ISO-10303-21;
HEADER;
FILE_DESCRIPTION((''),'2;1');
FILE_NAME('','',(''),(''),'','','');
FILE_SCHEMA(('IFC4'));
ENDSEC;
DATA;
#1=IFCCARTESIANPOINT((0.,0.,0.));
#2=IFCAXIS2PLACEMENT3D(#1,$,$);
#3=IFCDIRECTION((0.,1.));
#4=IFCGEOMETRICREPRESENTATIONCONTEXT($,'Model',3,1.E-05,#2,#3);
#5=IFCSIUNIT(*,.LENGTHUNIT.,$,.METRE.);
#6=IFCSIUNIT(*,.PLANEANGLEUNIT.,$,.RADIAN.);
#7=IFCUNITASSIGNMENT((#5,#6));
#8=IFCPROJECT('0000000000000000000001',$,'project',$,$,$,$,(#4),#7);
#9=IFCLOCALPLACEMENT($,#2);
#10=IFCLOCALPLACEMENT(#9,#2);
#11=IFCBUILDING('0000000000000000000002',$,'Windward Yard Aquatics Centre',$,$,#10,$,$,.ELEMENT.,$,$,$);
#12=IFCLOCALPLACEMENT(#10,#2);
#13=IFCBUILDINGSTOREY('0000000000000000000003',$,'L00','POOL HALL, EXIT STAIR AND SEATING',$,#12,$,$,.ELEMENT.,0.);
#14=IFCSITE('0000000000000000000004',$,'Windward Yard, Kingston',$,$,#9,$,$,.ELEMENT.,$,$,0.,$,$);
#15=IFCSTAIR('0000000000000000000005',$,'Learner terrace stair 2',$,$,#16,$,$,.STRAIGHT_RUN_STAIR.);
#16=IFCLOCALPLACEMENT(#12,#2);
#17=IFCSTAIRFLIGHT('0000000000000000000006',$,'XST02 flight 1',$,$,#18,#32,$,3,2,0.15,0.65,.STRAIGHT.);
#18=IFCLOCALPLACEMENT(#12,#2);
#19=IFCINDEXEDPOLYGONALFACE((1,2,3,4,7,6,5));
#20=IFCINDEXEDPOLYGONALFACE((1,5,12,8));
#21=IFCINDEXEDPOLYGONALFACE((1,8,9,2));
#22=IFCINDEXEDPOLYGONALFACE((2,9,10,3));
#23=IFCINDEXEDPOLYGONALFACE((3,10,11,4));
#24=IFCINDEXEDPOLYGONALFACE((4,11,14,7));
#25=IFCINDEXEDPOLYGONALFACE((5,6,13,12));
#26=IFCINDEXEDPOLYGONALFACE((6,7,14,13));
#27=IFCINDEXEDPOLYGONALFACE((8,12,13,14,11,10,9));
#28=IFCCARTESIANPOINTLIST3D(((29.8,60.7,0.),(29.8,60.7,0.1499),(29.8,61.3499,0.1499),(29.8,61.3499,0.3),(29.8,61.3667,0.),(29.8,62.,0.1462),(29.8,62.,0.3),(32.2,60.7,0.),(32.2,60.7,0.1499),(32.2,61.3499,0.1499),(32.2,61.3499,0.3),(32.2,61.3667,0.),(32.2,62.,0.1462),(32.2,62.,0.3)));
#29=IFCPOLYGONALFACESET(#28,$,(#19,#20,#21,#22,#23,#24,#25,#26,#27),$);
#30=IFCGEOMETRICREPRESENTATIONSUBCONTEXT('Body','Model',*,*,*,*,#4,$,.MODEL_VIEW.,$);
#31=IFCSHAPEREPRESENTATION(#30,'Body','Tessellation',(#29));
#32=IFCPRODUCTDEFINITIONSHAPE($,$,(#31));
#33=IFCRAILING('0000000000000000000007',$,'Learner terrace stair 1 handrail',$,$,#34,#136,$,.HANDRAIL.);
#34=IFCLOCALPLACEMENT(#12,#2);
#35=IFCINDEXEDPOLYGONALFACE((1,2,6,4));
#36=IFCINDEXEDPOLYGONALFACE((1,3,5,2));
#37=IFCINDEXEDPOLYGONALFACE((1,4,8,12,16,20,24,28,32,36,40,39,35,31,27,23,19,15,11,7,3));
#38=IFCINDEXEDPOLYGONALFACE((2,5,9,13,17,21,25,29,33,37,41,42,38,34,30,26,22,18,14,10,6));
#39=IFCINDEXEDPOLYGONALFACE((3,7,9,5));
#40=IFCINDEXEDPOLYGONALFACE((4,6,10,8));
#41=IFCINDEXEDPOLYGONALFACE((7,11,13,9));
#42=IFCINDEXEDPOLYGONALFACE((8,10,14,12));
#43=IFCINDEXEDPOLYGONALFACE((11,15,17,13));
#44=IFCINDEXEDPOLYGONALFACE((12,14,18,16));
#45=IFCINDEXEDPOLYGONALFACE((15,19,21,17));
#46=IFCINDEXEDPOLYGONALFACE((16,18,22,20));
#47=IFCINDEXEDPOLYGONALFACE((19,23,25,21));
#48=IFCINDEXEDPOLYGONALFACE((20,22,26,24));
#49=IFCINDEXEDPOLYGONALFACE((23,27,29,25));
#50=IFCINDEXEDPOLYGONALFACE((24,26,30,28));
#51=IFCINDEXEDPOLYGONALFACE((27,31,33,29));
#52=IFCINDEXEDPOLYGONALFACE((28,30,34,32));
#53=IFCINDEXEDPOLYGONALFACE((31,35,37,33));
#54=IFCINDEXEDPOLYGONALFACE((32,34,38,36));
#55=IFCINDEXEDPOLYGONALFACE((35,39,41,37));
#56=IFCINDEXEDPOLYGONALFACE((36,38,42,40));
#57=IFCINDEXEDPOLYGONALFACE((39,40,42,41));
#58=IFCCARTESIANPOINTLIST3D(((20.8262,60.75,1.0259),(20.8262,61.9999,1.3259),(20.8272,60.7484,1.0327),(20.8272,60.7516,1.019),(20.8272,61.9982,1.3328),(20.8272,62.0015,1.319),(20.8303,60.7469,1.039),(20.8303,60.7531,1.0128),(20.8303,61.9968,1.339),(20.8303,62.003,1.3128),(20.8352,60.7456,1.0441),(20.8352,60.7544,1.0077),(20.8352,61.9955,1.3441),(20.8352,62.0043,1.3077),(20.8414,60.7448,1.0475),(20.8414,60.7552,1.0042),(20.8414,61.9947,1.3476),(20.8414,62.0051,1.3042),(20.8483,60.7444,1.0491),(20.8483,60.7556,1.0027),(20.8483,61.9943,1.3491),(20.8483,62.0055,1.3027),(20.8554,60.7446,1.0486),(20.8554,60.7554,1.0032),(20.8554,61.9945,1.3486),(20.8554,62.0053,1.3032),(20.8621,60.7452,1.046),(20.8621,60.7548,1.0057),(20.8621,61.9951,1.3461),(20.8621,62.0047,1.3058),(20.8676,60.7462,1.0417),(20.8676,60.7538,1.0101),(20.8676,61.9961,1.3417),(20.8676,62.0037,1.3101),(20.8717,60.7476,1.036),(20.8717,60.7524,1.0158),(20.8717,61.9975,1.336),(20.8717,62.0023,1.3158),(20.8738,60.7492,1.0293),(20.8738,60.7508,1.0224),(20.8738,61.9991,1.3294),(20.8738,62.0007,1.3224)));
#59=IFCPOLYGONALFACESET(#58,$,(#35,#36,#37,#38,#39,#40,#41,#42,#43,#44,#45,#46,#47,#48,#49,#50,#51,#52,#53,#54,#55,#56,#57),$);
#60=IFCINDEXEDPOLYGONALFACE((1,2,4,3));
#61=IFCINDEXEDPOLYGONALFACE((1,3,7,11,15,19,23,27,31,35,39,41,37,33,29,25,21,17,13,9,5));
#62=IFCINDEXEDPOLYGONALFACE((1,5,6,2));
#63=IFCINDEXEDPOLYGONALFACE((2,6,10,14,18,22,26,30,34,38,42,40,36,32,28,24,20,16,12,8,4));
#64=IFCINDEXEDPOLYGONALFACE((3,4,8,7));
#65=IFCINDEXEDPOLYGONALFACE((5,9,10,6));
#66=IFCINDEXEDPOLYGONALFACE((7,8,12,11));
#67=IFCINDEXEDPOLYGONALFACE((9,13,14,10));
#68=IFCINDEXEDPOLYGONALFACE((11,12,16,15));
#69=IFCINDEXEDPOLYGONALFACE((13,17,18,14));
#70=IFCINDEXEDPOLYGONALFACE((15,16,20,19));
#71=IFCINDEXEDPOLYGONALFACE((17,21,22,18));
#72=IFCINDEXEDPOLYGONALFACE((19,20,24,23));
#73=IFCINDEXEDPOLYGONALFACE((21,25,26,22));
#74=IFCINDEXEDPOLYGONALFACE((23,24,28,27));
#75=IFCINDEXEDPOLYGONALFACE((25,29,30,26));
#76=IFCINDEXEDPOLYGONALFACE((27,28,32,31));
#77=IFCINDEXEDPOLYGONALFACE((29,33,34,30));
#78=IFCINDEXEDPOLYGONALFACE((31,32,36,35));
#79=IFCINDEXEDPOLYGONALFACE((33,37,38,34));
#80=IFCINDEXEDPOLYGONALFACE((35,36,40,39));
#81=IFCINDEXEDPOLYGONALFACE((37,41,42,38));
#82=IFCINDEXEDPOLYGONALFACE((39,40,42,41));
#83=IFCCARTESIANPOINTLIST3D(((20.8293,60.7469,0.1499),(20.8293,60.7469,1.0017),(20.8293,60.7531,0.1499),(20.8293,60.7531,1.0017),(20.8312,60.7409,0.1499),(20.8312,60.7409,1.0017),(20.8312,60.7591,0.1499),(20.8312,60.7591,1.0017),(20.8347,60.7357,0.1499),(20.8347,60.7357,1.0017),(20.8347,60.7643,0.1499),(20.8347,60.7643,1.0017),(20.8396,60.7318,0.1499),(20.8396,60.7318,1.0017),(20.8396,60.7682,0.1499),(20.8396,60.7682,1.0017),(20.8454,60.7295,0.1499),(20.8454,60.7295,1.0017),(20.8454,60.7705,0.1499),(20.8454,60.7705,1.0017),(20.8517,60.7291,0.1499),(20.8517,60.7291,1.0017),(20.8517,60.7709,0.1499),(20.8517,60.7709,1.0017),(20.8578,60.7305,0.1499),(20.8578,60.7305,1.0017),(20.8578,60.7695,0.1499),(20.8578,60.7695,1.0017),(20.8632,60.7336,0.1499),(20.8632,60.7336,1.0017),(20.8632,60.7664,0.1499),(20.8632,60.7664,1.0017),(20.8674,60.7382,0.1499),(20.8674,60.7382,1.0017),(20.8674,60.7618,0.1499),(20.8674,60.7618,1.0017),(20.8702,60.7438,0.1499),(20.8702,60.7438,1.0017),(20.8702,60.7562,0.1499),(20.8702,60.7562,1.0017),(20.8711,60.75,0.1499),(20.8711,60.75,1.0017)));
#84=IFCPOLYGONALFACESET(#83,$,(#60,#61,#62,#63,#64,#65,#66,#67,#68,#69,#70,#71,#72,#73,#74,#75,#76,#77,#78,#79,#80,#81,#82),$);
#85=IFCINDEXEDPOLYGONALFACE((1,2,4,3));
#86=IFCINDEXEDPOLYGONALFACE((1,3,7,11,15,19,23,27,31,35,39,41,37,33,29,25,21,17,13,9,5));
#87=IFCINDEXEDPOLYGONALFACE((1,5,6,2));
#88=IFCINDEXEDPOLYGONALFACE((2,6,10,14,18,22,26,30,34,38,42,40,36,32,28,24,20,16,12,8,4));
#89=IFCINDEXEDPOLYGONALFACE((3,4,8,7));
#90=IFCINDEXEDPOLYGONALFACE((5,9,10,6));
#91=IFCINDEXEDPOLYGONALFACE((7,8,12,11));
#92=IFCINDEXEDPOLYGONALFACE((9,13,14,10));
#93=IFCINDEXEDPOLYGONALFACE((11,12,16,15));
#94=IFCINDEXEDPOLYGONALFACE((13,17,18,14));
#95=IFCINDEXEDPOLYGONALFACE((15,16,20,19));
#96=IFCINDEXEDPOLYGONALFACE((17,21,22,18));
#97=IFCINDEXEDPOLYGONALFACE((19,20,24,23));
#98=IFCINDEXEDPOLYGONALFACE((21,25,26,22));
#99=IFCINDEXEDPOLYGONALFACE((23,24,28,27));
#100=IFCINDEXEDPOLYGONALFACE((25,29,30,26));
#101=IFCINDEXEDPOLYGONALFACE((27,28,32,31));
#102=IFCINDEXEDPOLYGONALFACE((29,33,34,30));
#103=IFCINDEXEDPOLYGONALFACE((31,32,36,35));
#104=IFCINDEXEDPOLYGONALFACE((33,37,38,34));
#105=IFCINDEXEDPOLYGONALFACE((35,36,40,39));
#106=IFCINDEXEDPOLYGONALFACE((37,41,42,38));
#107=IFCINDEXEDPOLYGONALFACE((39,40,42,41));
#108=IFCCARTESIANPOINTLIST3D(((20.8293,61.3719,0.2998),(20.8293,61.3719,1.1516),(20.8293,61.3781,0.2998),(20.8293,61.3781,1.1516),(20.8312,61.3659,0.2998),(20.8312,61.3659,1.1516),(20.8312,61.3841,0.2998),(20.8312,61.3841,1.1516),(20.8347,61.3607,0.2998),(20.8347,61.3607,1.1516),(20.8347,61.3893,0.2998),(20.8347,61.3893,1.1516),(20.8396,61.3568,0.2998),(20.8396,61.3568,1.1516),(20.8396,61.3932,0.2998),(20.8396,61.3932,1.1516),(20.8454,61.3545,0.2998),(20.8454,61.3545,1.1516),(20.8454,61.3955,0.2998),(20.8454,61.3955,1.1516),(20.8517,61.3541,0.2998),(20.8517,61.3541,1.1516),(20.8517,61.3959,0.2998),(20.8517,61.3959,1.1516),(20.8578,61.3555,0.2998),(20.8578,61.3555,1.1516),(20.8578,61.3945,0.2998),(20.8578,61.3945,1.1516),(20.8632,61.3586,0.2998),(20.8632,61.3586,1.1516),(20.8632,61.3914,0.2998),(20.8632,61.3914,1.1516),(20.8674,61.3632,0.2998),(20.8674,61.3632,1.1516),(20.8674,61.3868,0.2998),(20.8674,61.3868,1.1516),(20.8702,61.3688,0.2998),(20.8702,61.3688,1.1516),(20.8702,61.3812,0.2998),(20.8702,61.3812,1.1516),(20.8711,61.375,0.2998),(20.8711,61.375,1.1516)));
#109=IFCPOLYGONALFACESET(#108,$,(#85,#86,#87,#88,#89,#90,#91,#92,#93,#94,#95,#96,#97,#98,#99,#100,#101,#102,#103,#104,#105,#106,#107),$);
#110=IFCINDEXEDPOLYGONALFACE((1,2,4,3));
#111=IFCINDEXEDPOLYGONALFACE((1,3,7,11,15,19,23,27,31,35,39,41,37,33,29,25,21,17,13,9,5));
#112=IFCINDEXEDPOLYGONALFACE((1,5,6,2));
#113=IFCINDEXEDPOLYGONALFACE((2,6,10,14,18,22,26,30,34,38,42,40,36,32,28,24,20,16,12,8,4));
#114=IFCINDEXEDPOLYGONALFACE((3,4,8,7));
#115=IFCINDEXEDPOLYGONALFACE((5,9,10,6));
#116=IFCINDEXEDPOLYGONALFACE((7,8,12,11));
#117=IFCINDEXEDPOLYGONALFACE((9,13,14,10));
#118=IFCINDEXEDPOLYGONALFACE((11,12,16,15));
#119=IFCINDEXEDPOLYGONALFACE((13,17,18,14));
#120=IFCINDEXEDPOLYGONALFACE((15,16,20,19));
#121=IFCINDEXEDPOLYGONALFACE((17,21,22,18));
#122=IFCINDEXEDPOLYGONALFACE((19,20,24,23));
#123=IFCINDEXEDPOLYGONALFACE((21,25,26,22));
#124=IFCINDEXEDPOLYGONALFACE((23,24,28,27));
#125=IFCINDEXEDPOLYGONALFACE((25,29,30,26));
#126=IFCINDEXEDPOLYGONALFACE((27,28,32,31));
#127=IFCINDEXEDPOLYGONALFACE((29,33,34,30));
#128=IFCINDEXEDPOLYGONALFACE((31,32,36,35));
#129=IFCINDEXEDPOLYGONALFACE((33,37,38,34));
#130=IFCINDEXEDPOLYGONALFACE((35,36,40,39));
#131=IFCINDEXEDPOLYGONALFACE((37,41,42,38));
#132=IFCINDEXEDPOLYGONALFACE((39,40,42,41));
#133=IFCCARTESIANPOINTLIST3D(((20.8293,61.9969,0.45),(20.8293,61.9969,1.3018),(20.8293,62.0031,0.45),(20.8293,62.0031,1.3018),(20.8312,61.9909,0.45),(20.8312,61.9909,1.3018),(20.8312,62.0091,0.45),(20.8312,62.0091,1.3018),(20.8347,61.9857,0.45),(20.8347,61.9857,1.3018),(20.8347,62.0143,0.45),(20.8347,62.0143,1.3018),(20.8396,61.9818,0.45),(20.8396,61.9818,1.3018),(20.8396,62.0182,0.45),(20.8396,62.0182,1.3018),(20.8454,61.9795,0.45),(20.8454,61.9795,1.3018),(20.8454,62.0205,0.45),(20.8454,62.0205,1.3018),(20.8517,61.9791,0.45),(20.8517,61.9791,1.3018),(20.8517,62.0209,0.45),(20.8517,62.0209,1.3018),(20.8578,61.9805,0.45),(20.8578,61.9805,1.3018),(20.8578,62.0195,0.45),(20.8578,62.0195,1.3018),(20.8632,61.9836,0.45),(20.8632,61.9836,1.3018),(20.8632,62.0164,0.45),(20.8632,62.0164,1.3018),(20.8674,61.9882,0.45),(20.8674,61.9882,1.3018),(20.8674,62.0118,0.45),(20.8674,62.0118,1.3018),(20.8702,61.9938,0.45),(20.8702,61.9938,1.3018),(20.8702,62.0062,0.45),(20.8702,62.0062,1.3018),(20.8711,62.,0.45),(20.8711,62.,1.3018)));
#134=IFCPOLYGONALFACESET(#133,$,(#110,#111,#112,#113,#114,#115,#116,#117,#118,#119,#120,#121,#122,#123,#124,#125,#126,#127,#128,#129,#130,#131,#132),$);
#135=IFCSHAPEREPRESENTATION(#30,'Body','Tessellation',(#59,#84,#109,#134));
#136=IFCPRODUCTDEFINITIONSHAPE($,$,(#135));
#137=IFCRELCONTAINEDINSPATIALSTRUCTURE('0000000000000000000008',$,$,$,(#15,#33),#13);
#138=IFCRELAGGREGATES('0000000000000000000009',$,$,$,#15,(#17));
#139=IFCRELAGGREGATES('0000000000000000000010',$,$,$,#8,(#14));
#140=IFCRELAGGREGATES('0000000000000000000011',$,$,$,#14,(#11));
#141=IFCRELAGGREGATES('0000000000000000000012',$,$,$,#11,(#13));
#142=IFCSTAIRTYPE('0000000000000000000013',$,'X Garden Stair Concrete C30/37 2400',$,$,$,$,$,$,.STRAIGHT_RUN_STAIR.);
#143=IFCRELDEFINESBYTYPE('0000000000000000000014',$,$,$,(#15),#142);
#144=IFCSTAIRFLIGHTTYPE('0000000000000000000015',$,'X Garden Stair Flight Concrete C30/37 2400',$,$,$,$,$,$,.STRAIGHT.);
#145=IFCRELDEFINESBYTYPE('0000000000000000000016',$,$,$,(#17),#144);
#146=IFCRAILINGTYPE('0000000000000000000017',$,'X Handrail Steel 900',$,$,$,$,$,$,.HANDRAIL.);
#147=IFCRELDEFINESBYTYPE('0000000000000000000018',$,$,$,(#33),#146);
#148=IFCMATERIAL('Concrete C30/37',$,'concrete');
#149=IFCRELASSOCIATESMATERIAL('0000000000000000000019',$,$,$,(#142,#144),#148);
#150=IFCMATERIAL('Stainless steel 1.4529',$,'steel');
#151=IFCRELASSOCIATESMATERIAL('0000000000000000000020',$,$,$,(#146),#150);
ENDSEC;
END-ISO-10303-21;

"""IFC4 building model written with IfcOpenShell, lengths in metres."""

from ifc_helpers import new_model, si_unit, direction, frame, origin, origin_2d, place, context, subcontext, project, spatial, polyline, circle, outline, extrude, material, type_object, element, aggregate, save


model = new_model("IFC4")

# Units and contexts
model_context = context("Model", 3, precision=1e-05, world=origin(), true_north=direction((0.0, 1.0)))
body_context = subcontext(model_context, "Body", "Model", "MODEL_VIEW")
ifc_project = project(units=[si_unit("LENGTHUNIT", "METRE"), si_unit("PLANEANGLEUNIT", "RADIAN")], contexts=[model_context])

# Site, building, storey
site_placement = place(None, origin())
site = spatial("IfcSite", under=ifc_project, at=site_placement, Name="Windward Yard, Kingston", CompositionType="ELEMENT", RefElevation=0.0)
building_placement = place(site_placement, origin())
building = spatial("IfcBuilding", under=site, at=building_placement, Name="Windward Yard Aquatics Centre", CompositionType="ELEMENT")
storey_placement = place(building_placement, origin())
storey = spatial("IfcBuildingStorey", under=building, at=storey_placement, Name="L00", Description="POOL HALL, EXIT STAIR AND SEATING", CompositionType="ELEMENT", Elevation=0.0)

# Shared definitions
ifc_material_1 = material(Name="Concrete C30/37", Category="concrete")

# Stair, stair flight
stair_type = type_object("IfcStairType", Name="X Garden Stair Concrete C30/37 2400", PredefinedType="STRAIGHT_RUN_STAIR", material=ifc_material_1)
stair_flight_type = type_object("IfcStairFlightType", Name="X Garden Stair Flight Concrete C30/37 2400", PredefinedType="STRAIGHT", material=ifc_material_1)
stair_1_placement = place(storey_placement, origin())
stair_1 = element("IfcStair", 1, at=stair_1_placement, inside=storey, type_object=stair_type, Name="Learner terrace stair 2", PredefinedType="STRAIGHT_RUN_STAIR")
stair_flight_1_placement = place(storey_placement, frame((31.0, 60.7, 0.0), z_axis=(0.0, 0.0, 1.0), x_axis=(0.0, 1.0, 0.0)))
stair_flight_1 = element("IfcStairFlight", 2, at=stair_flight_1_placement, type_object=stair_flight_type, Name="XST02 flight 1", NumberOfRisers=3, NumberOfTreads=2, PredefinedType="STRAIGHT", RiserHeight=0.15, TreadLength=0.65, context=body_context, shape_type="SweptSolid", body=[
    extrude(outline(polyline([(0.0, 0.0), (0.0, 0.1499), (0.6499, 0.1499), (0.6499, 0.3), (1.3, 0.3), (1.3, 0.45), (1.3, 0.1462), (0.6667, 0.0), (0.0, 0.0)])), frame((0.0, 1.2, 0.0), z_axis=(0.0, -1.0, 0.0), x_axis=(1.0, 0.0, 0.0)), (0.0, 0.0, 1.0), 2.3999),
])
aggregate(stair_1, [stair_flight_1])

# Railing
ifc_material_2 = material(Name="Stainless steel 1.4529", Category="steel")
railing_type = type_object("IfcRailingType", Name="X Handrail Steel 900", PredefinedType="HANDRAIL", material=ifc_material_2)
for number, where, name in (
    (3, (20.8501, 60.75, 0.1499), "Learner terrace stair 1 handrail"),
):
    element("IfcRailing", number, at=place(storey_placement, frame(where)), inside=storey, type_object=railing_type, Name=name, PredefinedType="HANDRAIL", context=body_context, shape_type="SweptSolid", body=[
        extrude(circle(Radius=0.0239, at=origin_2d()), frame((0.0, 0.0, 0.876), z_axis=(0.0, 0.972379, 0.233409), x_axis=(-1.0, 0.0, 0.0)), (0.0, 0.0, 1.0), 1.2854),
        extrude(circle(Radius=0.021, at=origin_2d()), origin(), (0.0, 0.0, 1.0), 0.8518),
        extrude(circle(Radius=0.021, at=origin_2d()), frame((0.0, 0.625, 0.1499)), (0.0, 0.0, 1.0), 0.8518),
        extrude(circle(Radius=0.021, at=origin_2d()), frame((0.0, 1.25, 0.3)), (0.0, 0.0, 1.0), 0.8518),
    ])

save(model, "model.ifc")
